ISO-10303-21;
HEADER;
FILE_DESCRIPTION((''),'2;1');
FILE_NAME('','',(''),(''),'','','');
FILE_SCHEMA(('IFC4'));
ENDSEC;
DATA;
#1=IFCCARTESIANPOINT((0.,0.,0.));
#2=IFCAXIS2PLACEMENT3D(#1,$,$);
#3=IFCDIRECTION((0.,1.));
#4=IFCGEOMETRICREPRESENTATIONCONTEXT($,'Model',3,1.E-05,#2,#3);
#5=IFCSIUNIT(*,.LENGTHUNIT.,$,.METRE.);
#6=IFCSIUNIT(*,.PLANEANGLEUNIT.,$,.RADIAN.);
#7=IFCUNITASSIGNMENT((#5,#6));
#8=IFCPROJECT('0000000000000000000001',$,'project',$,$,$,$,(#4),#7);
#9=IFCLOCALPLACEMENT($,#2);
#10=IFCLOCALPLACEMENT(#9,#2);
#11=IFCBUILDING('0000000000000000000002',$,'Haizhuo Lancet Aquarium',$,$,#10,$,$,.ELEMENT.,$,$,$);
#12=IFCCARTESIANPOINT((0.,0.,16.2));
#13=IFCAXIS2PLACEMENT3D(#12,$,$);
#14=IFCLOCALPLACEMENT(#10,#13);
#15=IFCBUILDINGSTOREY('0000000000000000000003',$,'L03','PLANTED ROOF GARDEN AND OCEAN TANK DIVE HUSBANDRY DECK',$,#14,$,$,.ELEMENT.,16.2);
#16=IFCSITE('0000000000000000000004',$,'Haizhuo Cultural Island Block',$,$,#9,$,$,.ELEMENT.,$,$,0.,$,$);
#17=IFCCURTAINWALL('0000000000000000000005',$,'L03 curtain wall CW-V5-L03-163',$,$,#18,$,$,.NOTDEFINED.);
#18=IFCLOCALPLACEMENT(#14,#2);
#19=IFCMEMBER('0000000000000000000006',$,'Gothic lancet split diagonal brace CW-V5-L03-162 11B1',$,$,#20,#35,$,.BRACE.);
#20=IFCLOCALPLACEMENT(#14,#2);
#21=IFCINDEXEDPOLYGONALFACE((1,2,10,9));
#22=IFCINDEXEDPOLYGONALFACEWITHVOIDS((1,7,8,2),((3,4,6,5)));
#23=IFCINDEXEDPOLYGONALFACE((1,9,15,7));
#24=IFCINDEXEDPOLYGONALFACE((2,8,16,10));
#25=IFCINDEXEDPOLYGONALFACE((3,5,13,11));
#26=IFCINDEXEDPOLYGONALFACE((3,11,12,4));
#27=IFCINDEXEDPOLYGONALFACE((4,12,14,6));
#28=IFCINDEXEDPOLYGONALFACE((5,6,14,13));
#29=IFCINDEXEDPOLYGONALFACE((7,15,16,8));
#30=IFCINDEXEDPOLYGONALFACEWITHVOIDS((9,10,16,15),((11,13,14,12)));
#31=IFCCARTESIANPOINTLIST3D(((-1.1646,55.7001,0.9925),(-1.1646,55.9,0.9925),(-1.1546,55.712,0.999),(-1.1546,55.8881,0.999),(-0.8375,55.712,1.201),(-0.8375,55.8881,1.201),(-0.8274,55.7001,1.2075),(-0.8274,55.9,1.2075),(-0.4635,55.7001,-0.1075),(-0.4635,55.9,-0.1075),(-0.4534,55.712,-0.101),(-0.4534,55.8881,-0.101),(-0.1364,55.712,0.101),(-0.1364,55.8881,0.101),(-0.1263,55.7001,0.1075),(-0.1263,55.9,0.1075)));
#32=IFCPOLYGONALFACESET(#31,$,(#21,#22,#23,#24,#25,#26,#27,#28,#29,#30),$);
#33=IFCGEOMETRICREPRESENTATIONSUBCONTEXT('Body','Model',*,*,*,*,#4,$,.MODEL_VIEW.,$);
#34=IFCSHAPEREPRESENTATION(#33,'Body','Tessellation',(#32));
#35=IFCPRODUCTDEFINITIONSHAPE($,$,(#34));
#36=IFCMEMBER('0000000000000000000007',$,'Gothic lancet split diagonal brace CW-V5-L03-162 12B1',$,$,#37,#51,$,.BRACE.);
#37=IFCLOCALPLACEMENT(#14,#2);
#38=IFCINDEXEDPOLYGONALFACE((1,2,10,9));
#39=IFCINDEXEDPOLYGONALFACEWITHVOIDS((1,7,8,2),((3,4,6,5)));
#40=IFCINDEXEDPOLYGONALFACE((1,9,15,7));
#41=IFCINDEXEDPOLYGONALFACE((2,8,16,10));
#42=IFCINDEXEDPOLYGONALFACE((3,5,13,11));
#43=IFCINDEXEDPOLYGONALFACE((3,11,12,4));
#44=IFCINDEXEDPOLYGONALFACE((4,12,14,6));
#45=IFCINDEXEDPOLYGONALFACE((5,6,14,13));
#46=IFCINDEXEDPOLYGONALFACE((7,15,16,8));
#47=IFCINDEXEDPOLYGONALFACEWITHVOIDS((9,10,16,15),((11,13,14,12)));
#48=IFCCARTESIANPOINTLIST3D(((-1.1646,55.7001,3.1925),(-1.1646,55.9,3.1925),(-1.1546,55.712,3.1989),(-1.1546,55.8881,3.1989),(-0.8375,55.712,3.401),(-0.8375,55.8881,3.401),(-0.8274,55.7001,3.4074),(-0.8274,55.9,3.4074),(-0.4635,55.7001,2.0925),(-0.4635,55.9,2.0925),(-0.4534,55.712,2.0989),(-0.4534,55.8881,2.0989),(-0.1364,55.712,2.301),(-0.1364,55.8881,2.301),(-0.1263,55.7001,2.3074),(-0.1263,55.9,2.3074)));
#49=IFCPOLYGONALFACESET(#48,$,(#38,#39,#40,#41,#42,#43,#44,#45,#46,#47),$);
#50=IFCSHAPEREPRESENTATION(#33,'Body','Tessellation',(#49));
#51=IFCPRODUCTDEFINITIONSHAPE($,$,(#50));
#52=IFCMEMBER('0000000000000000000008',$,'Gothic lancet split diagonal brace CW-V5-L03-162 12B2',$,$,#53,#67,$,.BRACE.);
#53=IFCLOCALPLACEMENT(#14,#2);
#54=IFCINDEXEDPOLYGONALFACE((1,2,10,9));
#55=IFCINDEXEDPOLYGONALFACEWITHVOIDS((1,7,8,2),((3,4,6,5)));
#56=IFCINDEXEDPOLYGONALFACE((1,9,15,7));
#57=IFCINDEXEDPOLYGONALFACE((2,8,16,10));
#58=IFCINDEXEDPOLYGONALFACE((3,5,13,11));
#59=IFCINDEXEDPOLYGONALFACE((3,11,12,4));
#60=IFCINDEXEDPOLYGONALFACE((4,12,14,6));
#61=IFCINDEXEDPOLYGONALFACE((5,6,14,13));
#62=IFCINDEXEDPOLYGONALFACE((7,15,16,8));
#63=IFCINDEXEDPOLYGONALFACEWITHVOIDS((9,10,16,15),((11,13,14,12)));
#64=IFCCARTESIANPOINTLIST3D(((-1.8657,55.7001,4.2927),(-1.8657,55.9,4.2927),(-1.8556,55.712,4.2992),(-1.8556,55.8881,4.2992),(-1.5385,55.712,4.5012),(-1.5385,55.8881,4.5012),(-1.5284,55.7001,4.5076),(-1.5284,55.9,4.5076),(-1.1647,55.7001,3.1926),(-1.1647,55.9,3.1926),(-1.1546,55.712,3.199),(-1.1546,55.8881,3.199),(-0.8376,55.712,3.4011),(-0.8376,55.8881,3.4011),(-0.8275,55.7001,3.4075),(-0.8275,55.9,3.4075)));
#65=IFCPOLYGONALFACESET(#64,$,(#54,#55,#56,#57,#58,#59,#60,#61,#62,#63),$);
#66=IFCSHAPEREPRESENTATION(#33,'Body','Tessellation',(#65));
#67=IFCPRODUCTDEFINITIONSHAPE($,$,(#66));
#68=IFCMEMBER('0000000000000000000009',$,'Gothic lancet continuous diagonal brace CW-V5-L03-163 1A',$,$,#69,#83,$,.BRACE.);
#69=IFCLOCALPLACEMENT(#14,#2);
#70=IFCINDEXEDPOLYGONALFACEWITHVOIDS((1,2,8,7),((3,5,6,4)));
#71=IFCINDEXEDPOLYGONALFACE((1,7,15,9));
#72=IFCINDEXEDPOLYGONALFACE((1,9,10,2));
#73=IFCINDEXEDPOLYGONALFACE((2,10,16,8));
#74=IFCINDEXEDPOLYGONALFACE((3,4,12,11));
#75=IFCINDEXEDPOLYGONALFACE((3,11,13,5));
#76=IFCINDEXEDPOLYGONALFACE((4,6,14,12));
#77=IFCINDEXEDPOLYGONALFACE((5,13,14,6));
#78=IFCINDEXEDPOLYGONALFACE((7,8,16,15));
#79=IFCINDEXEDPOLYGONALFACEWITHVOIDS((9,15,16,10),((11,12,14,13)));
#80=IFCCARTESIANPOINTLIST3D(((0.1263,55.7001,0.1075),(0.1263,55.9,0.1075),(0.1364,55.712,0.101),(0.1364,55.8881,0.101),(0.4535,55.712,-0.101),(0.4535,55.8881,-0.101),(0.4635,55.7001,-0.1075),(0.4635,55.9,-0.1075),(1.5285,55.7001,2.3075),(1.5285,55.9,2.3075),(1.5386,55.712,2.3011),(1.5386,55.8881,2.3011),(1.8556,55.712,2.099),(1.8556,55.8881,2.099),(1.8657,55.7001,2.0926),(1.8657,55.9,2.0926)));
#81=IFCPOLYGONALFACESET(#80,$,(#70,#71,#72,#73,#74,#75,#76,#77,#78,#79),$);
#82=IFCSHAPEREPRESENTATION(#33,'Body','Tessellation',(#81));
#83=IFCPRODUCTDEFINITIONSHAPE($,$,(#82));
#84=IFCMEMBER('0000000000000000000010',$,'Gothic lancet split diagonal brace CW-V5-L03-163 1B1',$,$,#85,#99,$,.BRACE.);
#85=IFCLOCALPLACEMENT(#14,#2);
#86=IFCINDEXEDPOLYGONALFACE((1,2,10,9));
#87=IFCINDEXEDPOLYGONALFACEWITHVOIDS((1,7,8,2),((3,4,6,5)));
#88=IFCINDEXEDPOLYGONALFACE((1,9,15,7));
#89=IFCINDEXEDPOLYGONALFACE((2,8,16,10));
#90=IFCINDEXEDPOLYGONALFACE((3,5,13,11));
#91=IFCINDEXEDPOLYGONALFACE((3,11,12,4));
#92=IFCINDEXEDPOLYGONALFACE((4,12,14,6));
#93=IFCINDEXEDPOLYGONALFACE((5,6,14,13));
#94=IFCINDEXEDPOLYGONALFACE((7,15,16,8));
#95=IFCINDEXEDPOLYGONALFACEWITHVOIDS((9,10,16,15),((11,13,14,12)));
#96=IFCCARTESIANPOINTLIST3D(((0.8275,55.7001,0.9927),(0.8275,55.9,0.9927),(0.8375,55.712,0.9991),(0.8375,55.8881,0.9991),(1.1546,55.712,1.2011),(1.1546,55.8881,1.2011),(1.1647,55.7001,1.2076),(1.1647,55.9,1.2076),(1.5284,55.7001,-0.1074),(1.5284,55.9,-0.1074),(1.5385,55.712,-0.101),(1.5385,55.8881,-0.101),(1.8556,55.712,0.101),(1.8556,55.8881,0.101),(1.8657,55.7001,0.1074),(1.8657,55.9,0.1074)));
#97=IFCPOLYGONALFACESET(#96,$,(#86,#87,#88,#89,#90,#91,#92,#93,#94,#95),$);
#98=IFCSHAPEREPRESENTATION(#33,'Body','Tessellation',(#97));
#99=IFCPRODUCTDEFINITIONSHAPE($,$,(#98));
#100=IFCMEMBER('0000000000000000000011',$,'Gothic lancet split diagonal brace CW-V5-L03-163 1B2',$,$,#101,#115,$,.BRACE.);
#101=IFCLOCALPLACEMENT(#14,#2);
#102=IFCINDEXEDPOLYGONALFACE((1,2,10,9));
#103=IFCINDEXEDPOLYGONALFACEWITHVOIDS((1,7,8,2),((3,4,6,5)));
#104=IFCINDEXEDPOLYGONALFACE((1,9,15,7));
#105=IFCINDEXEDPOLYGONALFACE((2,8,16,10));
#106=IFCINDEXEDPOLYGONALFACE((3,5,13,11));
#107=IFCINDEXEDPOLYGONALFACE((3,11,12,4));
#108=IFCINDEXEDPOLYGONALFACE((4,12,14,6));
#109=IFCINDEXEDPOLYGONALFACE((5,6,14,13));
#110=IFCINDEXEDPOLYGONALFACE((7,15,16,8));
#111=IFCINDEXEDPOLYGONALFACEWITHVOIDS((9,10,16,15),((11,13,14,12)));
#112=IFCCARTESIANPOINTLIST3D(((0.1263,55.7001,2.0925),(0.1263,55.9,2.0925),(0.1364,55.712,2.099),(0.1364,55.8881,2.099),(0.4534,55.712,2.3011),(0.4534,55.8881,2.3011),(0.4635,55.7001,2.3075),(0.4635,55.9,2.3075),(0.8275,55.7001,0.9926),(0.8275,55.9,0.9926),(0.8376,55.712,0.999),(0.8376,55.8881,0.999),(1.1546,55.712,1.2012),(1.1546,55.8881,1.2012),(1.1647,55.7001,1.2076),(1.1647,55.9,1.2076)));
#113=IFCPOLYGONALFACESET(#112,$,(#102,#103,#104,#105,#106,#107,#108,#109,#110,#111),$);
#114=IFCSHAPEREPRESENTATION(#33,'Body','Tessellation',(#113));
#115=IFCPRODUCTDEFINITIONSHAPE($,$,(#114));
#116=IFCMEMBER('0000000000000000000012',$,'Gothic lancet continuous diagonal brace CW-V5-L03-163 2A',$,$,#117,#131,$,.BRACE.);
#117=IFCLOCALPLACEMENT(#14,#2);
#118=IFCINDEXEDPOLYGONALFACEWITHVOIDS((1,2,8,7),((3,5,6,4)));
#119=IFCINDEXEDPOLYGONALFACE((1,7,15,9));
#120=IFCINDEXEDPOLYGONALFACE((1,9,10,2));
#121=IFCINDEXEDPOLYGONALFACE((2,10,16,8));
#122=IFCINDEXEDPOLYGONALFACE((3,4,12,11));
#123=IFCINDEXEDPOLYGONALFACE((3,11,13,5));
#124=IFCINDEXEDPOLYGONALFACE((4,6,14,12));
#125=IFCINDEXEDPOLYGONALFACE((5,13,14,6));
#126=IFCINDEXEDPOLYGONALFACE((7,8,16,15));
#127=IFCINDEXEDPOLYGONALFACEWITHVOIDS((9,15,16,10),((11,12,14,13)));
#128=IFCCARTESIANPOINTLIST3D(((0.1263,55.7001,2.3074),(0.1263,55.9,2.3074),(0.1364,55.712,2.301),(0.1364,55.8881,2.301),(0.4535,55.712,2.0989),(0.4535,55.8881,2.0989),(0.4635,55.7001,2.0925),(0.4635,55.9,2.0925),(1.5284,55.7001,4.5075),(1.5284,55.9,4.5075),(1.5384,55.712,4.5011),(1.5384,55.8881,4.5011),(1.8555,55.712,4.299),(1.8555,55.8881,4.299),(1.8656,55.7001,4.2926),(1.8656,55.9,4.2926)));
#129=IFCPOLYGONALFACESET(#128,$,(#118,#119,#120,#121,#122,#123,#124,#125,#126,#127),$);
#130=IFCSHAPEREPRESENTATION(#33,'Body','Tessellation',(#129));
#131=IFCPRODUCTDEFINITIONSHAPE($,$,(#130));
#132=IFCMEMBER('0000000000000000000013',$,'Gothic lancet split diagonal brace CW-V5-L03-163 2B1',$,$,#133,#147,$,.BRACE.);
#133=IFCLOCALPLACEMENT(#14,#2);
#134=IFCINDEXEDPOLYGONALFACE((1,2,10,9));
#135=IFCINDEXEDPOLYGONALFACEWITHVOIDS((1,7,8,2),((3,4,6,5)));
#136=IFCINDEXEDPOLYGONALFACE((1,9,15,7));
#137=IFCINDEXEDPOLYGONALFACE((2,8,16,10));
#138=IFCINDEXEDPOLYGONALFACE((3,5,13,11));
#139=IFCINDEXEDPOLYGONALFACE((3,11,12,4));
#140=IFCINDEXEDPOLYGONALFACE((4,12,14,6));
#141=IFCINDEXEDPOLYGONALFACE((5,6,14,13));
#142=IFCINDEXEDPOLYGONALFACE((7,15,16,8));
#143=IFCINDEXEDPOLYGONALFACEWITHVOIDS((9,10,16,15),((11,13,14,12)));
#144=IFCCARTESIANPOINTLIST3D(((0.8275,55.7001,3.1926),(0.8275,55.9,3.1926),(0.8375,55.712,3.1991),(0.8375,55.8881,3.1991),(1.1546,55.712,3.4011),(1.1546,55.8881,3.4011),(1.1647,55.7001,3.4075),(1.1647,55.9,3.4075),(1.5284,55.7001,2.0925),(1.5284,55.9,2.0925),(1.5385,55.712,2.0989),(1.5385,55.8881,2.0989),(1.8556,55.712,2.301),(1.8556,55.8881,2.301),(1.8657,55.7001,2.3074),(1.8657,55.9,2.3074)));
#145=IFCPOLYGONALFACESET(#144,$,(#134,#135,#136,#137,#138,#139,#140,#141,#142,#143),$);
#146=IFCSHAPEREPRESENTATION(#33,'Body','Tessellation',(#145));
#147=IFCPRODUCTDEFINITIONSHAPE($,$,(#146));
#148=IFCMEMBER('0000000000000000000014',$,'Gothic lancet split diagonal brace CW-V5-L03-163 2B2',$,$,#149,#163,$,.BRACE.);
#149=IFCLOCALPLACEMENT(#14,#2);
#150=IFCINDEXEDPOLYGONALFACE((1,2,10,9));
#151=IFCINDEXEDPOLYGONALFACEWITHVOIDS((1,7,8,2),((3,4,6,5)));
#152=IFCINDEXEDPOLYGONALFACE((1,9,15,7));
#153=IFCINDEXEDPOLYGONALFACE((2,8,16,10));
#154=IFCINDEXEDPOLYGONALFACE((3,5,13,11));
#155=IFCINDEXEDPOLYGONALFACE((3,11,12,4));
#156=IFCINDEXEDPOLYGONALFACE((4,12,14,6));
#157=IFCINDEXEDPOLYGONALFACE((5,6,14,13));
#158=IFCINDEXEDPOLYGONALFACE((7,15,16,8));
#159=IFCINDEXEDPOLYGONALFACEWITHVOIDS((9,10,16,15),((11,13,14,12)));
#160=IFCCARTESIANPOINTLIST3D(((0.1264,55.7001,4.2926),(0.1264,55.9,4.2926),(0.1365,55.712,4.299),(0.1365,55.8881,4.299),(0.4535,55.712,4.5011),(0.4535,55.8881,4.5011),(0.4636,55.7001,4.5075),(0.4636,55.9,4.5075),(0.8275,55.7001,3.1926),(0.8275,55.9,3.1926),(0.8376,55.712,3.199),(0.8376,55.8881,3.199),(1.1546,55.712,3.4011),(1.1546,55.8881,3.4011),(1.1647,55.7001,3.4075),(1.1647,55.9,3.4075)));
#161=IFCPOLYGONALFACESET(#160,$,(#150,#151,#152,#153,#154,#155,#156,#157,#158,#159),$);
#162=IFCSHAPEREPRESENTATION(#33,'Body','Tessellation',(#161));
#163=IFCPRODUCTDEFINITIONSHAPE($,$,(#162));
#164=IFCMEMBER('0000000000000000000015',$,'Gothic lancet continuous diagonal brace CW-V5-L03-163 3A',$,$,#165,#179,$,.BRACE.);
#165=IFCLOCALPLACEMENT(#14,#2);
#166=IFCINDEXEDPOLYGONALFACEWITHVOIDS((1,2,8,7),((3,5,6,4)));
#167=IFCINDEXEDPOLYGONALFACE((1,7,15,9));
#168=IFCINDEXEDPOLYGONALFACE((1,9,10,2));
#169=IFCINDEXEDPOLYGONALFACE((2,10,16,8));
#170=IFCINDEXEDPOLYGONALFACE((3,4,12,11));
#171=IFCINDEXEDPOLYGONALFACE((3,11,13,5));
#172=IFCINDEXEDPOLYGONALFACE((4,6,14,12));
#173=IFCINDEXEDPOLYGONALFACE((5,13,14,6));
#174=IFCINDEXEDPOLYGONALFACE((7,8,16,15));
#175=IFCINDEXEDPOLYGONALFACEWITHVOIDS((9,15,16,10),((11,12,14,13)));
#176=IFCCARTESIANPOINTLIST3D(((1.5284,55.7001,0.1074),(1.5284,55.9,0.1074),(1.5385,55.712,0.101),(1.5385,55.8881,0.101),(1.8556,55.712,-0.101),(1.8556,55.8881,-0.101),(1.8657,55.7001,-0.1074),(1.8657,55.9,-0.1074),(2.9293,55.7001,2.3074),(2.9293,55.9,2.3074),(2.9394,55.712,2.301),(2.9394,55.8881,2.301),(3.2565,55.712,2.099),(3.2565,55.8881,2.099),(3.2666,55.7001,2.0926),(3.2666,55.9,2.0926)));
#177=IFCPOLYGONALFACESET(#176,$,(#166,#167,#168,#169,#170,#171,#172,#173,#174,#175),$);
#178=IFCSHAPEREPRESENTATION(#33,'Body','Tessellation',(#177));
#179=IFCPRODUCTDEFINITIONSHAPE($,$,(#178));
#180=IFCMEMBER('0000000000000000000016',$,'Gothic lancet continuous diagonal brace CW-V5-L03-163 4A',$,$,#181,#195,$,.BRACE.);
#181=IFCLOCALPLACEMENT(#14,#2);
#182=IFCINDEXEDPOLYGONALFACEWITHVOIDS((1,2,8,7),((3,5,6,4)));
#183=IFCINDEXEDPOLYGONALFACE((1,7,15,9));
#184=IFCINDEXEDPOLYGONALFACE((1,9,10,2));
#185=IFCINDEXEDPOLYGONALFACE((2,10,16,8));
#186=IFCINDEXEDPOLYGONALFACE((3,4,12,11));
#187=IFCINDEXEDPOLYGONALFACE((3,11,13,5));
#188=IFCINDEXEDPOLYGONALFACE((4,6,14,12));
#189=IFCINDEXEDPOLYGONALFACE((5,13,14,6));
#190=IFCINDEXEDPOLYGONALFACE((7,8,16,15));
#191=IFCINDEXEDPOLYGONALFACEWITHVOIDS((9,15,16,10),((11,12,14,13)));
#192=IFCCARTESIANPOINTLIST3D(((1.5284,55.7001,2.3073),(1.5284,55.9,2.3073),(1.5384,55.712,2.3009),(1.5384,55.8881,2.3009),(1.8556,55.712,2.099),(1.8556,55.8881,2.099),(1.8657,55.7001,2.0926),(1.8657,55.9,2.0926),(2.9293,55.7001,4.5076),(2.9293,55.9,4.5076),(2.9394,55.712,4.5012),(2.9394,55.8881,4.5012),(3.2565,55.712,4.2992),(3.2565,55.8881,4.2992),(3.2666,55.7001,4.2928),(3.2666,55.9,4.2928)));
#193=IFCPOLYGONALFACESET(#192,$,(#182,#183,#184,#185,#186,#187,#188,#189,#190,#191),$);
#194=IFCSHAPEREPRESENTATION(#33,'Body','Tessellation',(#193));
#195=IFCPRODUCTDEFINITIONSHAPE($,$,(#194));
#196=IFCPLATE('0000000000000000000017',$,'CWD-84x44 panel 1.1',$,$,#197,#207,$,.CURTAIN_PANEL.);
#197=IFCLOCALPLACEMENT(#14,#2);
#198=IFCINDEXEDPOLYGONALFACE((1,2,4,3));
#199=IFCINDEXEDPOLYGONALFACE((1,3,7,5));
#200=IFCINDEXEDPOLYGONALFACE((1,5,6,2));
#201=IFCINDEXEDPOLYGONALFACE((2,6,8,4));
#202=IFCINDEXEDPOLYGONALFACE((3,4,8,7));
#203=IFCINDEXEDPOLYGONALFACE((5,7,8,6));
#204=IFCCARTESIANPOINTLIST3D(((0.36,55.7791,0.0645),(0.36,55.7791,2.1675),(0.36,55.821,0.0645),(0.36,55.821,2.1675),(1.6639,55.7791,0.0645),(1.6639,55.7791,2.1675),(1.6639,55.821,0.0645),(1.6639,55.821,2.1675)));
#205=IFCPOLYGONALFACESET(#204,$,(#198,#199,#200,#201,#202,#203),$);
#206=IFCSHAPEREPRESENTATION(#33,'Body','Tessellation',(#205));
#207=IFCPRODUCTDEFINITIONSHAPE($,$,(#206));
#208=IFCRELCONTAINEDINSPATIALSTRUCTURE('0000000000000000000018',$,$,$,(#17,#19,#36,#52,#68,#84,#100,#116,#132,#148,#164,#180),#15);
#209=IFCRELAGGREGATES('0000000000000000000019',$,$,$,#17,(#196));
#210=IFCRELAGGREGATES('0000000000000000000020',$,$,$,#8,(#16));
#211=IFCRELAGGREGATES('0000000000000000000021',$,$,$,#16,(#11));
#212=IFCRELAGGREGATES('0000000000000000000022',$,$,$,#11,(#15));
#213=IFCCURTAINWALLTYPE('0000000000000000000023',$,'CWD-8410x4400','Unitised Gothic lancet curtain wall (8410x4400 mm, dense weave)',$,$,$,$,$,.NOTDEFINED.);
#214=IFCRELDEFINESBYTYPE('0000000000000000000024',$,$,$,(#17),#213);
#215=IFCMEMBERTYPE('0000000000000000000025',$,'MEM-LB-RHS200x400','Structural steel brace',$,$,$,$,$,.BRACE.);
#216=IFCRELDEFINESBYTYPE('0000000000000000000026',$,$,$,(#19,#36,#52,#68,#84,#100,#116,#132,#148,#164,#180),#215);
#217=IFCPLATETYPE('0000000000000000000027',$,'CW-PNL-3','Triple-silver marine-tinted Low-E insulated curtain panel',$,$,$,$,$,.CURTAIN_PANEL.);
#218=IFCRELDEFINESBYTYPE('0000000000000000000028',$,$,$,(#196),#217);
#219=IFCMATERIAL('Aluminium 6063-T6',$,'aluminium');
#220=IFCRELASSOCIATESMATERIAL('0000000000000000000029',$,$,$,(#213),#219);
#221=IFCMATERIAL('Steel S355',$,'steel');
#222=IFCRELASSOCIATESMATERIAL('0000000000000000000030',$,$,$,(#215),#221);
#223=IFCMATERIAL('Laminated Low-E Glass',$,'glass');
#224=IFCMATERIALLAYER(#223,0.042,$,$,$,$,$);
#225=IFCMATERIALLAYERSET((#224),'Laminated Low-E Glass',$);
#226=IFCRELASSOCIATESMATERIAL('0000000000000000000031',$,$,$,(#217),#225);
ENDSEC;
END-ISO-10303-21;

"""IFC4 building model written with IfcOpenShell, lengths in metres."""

from ifc_helpers import new_model, si_unit, direction, frame, origin, origin_2d, place, context, subcontext, project, spatial, rectangle, hollow_rectangle, extrude, material, layer, layer_set, material_profile, profile_set, type_object, element, aggregate, save


model = new_model("IFC4")

# Units and contexts
model_context = context("Model", 3, precision=1e-05, world=origin(), true_north=direction((0.0, 1.0)))
body_context = subcontext(model_context, "Body", "Model", "MODEL_VIEW")
ifc_project = project(units=[si_unit("LENGTHUNIT", "METRE"), si_unit("PLANEANGLEUNIT", "RADIAN")], contexts=[model_context])

# Site, building, storey
site_placement = place(None, origin())
site = spatial("IfcSite", under=ifc_project, at=site_placement, Name="Haizhuo Cultural Island Block", CompositionType="ELEMENT", RefElevation=0.0)
building_placement = place(site_placement, origin())
building = spatial("IfcBuilding", under=site, at=building_placement, Name="Haizhuo Lancet Aquarium", CompositionType="ELEMENT")
storey_placement = place(building_placement, frame((0.0, 0.0, 16.2)))
storey = spatial("IfcBuildingStorey", under=building, at=storey_placement, Name="L03", Description="PLANTED ROOF GARDEN AND OCEAN TANK DIVE HUSBANDRY DECK", CompositionType="ELEMENT", Elevation=16.2)

# Curtain wall
ifc_material_1 = material(Name="Aluminium 6063-T6", Category="aluminium")
curtain_wall_type = type_object("IfcCurtainWallType", Name="CWD-8410x4400", Description="Unitised Gothic lancet curtain wall (8410x4400 mm, dense weave)", PredefinedType="NOTDEFINED", material=ifc_material_1)
curtain_wall_1_placement = place(storey_placement, origin())
curtain_wall_1 = element("IfcCurtainWall", 1, at=curtain_wall_1_placement, inside=storey, type_object=curtain_wall_type, Name="L03 curtain wall CW-V5-L03-163", PredefinedType="NOTDEFINED")

# Members
ifc_material_2 = material(Name="Steel S355", Category="steel")
ifc_material_profile_1 = material_profile(ifc_material_2, hollow_rectangle(XDim=0.2, YDim=0.3999, WallThickness=0.012, at=origin_2d()), Name="RHS 200x400x12")
ifc_profile_set_1 = profile_set([ifc_material_profile_1], Name="Steel S355")
member_type_1 = type_object("IfcMemberType", Name="MEM-LB-RHS200x400", Description="Structural steel brace", PredefinedType="BRACE", material=ifc_profile_set_1)
for number, where, z_axis, x_axis, name in (
    (2, (-0.2949, 55.8, 0.0), (-0.537481, 0.0, 0.843276), (0.0, -1.0, 0.0), "Gothic lancet split diagonal brace CW-V5-L03-162 11B1"),
    (3, (-0.2949, 55.8, 2.2), (-0.537481, 0.0, 0.843276), (0.0, -1.0, 0.0), "Gothic lancet split diagonal brace CW-V5-L03-162 12B1"),
    (4, (-0.9961, 55.8, 3.3), (-0.537348, 0.0, 0.843361), (0.0, -1.0, 0.0), "Gothic lancet split diagonal brace CW-V5-L03-162 12B2"),
):
    element("IfcMember", number, at=place(storey_placement, frame(where, z_axis=z_axis, x_axis=x_axis)), inside=storey, type_object=member_type_1, Name=name, PredefinedType="BRACE", context=body_context, shape_type="SweptSolid", body=[
        extrude(hollow_rectangle(XDim=0.2, YDim=0.3999, WallThickness=0.012, at=origin_2d()), origin(), (0.0, 0.0, 1.0), 1.3044),
    ])
member_1_placement = place(storey_placement, frame((0.2949, 55.8, 0.0), z_axis=(0.537457, 0.0, 0.843291), x_axis=(0.0, 1.0, 0.0)))
element("IfcMember", 5, at=member_1_placement, inside=storey, type_object=member_type_1, Name="Gothic lancet continuous diagonal brace CW-V5-L03-163 1A", PredefinedType="BRACE", context=body_context, shape_type="SweptSolid", body=[
    extrude(hollow_rectangle(XDim=0.2, YDim=0.3999, WallThickness=0.012, at=origin_2d()), origin(), (0.0, 0.0, 1.0), 2.6089),
])
for number, where, z_axis, x_axis, name in (
    (6, (1.697, 55.8, 0.0), (-0.537348, 0.0, 0.843361), (0.0, -1.0, 0.0), "Gothic lancet split diagonal brace CW-V5-L03-163 1B1"),
    (7, (0.9961, 55.8, 1.1001), (-0.537566, 0.0, 0.843222), (0.0, -1.0, 0.0), "Gothic lancet split diagonal brace CW-V5-L03-163 1B2"),
):
    element("IfcMember", number, at=place(storey_placement, frame(where, z_axis=z_axis, x_axis=x_axis)), inside=storey, type_object=member_type_1, Name=name, PredefinedType="BRACE", context=body_context, shape_type="SweptSolid", body=[
        extrude(hollow_rectangle(XDim=0.2, YDim=0.3999, WallThickness=0.012, at=origin_2d()), origin(), (0.0, 0.0, 1.0), 1.3044),
    ])
member_2_placement = place(storey_placement, frame((0.2949, 55.8, 2.2), z_axis=(0.537414, 0.0, 0.843318), x_axis=(0.0, 1.0, 0.0)))
element("IfcMember", 8, at=member_2_placement, inside=storey, type_object=member_type_1, Name="Gothic lancet continuous diagonal brace CW-V5-L03-163 2A", PredefinedType="BRACE", context=body_context, shape_type="SweptSolid", body=[
    extrude(hollow_rectangle(XDim=0.2, YDim=0.3999, WallThickness=0.012, at=origin_2d()), origin(), (0.0, 0.0, 1.0), 2.6089),
])
for number, where, z_axis, x_axis, name in (
    (9, (1.697, 55.8, 2.2), (-0.537348, 0.0, 0.843361), (0.0, -1.0, 0.0), "Gothic lancet split diagonal brace CW-V5-L03-163 2B1"),
    (10, (0.9961, 55.8, 3.3), (-0.537481, 0.0, 0.843276), (0.0, -1.0, 0.0), "Gothic lancet split diagonal brace CW-V5-L03-163 2B2"),
):
    element("IfcMember", number, at=place(storey_placement, frame(where, z_axis=z_axis, x_axis=x_axis)), inside=storey, type_object=member_type_1, Name=name, PredefinedType="BRACE", context=body_context, shape_type="SweptSolid", body=[
        extrude(hollow_rectangle(XDim=0.2, YDim=0.3999, WallThickness=0.012, at=origin_2d()), origin(), (0.0, 0.0, 1.0), 1.3044),
    ])
member_3_placement = place(storey_placement, frame((1.697, 55.8, 0.0), z_axis=(0.537124, 0.0, 0.843503), x_axis=(0.0, 1.0, 0.0)))
element("IfcMember", 11, at=member_3_placement, inside=storey, type_object=member_type_1, Name="Gothic lancet continuous diagonal brace CW-V5-L03-163 3A", PredefinedType="BRACE", context=body_context, shape_type="SweptSolid", body=[
    extrude(hollow_rectangle(XDim=0.2, YDim=0.3999, WallThickness=0.012, at=origin_2d()), origin(), (0.0, 0.0, 1.0), 2.6082),
])
member_4_placement = place(storey_placement, frame((1.697, 55.8, 2.2), z_axis=(0.537081, 0.0, 0.84353), x_axis=(0.0, 1.0, 0.0)))
element("IfcMember", 12, at=member_4_placement, inside=storey, type_object=member_type_1, Name="Gothic lancet continuous diagonal brace CW-V5-L03-163 4A", PredefinedType="BRACE", context=body_context, shape_type="SweptSolid", body=[
    extrude(hollow_rectangle(XDim=0.2, YDim=0.3999, WallThickness=0.012, at=origin_2d()), origin(), (0.0, 0.0, 1.0), 2.6084),
])

# Plate
ifc_material_3 = material(Name="Laminated Low-E Glass", Category="glass")
ifc_layer = layer(ifc_material_3, 0.042)
ifc_layer_set = layer_set([ifc_layer], Name="Laminated Low-E Glass")
plate_type = type_object("IfcPlateType", Name="CW-PNL-3", Description="Triple-silver marine-tinted Low-E insulated curtain panel", PredefinedType="CURTAIN_PANEL", material=ifc_layer_set)
plate_1_placement = place(storey_placement, frame((1.012, 55.8, 0.0645), z_axis=(0.0, 0.0, 1.0), x_axis=(1.0, 0.0, 0.0)))
plate_1 = element("IfcPlate", 13, at=plate_1_placement, type_object=plate_type, Name="CWD-84x44 panel 1.1", PredefinedType="CURTAIN_PANEL", context=body_context, shape_type="SweptSolid", body=[
    extrude(rectangle(XDim=1.304, YDim=0.042, at=origin_2d()), origin(), (0.0, 0.0, 1.0), 2.103),
])
aggregate(curtain_wall_1, [plate_1])

save(model, "model.ifc")
